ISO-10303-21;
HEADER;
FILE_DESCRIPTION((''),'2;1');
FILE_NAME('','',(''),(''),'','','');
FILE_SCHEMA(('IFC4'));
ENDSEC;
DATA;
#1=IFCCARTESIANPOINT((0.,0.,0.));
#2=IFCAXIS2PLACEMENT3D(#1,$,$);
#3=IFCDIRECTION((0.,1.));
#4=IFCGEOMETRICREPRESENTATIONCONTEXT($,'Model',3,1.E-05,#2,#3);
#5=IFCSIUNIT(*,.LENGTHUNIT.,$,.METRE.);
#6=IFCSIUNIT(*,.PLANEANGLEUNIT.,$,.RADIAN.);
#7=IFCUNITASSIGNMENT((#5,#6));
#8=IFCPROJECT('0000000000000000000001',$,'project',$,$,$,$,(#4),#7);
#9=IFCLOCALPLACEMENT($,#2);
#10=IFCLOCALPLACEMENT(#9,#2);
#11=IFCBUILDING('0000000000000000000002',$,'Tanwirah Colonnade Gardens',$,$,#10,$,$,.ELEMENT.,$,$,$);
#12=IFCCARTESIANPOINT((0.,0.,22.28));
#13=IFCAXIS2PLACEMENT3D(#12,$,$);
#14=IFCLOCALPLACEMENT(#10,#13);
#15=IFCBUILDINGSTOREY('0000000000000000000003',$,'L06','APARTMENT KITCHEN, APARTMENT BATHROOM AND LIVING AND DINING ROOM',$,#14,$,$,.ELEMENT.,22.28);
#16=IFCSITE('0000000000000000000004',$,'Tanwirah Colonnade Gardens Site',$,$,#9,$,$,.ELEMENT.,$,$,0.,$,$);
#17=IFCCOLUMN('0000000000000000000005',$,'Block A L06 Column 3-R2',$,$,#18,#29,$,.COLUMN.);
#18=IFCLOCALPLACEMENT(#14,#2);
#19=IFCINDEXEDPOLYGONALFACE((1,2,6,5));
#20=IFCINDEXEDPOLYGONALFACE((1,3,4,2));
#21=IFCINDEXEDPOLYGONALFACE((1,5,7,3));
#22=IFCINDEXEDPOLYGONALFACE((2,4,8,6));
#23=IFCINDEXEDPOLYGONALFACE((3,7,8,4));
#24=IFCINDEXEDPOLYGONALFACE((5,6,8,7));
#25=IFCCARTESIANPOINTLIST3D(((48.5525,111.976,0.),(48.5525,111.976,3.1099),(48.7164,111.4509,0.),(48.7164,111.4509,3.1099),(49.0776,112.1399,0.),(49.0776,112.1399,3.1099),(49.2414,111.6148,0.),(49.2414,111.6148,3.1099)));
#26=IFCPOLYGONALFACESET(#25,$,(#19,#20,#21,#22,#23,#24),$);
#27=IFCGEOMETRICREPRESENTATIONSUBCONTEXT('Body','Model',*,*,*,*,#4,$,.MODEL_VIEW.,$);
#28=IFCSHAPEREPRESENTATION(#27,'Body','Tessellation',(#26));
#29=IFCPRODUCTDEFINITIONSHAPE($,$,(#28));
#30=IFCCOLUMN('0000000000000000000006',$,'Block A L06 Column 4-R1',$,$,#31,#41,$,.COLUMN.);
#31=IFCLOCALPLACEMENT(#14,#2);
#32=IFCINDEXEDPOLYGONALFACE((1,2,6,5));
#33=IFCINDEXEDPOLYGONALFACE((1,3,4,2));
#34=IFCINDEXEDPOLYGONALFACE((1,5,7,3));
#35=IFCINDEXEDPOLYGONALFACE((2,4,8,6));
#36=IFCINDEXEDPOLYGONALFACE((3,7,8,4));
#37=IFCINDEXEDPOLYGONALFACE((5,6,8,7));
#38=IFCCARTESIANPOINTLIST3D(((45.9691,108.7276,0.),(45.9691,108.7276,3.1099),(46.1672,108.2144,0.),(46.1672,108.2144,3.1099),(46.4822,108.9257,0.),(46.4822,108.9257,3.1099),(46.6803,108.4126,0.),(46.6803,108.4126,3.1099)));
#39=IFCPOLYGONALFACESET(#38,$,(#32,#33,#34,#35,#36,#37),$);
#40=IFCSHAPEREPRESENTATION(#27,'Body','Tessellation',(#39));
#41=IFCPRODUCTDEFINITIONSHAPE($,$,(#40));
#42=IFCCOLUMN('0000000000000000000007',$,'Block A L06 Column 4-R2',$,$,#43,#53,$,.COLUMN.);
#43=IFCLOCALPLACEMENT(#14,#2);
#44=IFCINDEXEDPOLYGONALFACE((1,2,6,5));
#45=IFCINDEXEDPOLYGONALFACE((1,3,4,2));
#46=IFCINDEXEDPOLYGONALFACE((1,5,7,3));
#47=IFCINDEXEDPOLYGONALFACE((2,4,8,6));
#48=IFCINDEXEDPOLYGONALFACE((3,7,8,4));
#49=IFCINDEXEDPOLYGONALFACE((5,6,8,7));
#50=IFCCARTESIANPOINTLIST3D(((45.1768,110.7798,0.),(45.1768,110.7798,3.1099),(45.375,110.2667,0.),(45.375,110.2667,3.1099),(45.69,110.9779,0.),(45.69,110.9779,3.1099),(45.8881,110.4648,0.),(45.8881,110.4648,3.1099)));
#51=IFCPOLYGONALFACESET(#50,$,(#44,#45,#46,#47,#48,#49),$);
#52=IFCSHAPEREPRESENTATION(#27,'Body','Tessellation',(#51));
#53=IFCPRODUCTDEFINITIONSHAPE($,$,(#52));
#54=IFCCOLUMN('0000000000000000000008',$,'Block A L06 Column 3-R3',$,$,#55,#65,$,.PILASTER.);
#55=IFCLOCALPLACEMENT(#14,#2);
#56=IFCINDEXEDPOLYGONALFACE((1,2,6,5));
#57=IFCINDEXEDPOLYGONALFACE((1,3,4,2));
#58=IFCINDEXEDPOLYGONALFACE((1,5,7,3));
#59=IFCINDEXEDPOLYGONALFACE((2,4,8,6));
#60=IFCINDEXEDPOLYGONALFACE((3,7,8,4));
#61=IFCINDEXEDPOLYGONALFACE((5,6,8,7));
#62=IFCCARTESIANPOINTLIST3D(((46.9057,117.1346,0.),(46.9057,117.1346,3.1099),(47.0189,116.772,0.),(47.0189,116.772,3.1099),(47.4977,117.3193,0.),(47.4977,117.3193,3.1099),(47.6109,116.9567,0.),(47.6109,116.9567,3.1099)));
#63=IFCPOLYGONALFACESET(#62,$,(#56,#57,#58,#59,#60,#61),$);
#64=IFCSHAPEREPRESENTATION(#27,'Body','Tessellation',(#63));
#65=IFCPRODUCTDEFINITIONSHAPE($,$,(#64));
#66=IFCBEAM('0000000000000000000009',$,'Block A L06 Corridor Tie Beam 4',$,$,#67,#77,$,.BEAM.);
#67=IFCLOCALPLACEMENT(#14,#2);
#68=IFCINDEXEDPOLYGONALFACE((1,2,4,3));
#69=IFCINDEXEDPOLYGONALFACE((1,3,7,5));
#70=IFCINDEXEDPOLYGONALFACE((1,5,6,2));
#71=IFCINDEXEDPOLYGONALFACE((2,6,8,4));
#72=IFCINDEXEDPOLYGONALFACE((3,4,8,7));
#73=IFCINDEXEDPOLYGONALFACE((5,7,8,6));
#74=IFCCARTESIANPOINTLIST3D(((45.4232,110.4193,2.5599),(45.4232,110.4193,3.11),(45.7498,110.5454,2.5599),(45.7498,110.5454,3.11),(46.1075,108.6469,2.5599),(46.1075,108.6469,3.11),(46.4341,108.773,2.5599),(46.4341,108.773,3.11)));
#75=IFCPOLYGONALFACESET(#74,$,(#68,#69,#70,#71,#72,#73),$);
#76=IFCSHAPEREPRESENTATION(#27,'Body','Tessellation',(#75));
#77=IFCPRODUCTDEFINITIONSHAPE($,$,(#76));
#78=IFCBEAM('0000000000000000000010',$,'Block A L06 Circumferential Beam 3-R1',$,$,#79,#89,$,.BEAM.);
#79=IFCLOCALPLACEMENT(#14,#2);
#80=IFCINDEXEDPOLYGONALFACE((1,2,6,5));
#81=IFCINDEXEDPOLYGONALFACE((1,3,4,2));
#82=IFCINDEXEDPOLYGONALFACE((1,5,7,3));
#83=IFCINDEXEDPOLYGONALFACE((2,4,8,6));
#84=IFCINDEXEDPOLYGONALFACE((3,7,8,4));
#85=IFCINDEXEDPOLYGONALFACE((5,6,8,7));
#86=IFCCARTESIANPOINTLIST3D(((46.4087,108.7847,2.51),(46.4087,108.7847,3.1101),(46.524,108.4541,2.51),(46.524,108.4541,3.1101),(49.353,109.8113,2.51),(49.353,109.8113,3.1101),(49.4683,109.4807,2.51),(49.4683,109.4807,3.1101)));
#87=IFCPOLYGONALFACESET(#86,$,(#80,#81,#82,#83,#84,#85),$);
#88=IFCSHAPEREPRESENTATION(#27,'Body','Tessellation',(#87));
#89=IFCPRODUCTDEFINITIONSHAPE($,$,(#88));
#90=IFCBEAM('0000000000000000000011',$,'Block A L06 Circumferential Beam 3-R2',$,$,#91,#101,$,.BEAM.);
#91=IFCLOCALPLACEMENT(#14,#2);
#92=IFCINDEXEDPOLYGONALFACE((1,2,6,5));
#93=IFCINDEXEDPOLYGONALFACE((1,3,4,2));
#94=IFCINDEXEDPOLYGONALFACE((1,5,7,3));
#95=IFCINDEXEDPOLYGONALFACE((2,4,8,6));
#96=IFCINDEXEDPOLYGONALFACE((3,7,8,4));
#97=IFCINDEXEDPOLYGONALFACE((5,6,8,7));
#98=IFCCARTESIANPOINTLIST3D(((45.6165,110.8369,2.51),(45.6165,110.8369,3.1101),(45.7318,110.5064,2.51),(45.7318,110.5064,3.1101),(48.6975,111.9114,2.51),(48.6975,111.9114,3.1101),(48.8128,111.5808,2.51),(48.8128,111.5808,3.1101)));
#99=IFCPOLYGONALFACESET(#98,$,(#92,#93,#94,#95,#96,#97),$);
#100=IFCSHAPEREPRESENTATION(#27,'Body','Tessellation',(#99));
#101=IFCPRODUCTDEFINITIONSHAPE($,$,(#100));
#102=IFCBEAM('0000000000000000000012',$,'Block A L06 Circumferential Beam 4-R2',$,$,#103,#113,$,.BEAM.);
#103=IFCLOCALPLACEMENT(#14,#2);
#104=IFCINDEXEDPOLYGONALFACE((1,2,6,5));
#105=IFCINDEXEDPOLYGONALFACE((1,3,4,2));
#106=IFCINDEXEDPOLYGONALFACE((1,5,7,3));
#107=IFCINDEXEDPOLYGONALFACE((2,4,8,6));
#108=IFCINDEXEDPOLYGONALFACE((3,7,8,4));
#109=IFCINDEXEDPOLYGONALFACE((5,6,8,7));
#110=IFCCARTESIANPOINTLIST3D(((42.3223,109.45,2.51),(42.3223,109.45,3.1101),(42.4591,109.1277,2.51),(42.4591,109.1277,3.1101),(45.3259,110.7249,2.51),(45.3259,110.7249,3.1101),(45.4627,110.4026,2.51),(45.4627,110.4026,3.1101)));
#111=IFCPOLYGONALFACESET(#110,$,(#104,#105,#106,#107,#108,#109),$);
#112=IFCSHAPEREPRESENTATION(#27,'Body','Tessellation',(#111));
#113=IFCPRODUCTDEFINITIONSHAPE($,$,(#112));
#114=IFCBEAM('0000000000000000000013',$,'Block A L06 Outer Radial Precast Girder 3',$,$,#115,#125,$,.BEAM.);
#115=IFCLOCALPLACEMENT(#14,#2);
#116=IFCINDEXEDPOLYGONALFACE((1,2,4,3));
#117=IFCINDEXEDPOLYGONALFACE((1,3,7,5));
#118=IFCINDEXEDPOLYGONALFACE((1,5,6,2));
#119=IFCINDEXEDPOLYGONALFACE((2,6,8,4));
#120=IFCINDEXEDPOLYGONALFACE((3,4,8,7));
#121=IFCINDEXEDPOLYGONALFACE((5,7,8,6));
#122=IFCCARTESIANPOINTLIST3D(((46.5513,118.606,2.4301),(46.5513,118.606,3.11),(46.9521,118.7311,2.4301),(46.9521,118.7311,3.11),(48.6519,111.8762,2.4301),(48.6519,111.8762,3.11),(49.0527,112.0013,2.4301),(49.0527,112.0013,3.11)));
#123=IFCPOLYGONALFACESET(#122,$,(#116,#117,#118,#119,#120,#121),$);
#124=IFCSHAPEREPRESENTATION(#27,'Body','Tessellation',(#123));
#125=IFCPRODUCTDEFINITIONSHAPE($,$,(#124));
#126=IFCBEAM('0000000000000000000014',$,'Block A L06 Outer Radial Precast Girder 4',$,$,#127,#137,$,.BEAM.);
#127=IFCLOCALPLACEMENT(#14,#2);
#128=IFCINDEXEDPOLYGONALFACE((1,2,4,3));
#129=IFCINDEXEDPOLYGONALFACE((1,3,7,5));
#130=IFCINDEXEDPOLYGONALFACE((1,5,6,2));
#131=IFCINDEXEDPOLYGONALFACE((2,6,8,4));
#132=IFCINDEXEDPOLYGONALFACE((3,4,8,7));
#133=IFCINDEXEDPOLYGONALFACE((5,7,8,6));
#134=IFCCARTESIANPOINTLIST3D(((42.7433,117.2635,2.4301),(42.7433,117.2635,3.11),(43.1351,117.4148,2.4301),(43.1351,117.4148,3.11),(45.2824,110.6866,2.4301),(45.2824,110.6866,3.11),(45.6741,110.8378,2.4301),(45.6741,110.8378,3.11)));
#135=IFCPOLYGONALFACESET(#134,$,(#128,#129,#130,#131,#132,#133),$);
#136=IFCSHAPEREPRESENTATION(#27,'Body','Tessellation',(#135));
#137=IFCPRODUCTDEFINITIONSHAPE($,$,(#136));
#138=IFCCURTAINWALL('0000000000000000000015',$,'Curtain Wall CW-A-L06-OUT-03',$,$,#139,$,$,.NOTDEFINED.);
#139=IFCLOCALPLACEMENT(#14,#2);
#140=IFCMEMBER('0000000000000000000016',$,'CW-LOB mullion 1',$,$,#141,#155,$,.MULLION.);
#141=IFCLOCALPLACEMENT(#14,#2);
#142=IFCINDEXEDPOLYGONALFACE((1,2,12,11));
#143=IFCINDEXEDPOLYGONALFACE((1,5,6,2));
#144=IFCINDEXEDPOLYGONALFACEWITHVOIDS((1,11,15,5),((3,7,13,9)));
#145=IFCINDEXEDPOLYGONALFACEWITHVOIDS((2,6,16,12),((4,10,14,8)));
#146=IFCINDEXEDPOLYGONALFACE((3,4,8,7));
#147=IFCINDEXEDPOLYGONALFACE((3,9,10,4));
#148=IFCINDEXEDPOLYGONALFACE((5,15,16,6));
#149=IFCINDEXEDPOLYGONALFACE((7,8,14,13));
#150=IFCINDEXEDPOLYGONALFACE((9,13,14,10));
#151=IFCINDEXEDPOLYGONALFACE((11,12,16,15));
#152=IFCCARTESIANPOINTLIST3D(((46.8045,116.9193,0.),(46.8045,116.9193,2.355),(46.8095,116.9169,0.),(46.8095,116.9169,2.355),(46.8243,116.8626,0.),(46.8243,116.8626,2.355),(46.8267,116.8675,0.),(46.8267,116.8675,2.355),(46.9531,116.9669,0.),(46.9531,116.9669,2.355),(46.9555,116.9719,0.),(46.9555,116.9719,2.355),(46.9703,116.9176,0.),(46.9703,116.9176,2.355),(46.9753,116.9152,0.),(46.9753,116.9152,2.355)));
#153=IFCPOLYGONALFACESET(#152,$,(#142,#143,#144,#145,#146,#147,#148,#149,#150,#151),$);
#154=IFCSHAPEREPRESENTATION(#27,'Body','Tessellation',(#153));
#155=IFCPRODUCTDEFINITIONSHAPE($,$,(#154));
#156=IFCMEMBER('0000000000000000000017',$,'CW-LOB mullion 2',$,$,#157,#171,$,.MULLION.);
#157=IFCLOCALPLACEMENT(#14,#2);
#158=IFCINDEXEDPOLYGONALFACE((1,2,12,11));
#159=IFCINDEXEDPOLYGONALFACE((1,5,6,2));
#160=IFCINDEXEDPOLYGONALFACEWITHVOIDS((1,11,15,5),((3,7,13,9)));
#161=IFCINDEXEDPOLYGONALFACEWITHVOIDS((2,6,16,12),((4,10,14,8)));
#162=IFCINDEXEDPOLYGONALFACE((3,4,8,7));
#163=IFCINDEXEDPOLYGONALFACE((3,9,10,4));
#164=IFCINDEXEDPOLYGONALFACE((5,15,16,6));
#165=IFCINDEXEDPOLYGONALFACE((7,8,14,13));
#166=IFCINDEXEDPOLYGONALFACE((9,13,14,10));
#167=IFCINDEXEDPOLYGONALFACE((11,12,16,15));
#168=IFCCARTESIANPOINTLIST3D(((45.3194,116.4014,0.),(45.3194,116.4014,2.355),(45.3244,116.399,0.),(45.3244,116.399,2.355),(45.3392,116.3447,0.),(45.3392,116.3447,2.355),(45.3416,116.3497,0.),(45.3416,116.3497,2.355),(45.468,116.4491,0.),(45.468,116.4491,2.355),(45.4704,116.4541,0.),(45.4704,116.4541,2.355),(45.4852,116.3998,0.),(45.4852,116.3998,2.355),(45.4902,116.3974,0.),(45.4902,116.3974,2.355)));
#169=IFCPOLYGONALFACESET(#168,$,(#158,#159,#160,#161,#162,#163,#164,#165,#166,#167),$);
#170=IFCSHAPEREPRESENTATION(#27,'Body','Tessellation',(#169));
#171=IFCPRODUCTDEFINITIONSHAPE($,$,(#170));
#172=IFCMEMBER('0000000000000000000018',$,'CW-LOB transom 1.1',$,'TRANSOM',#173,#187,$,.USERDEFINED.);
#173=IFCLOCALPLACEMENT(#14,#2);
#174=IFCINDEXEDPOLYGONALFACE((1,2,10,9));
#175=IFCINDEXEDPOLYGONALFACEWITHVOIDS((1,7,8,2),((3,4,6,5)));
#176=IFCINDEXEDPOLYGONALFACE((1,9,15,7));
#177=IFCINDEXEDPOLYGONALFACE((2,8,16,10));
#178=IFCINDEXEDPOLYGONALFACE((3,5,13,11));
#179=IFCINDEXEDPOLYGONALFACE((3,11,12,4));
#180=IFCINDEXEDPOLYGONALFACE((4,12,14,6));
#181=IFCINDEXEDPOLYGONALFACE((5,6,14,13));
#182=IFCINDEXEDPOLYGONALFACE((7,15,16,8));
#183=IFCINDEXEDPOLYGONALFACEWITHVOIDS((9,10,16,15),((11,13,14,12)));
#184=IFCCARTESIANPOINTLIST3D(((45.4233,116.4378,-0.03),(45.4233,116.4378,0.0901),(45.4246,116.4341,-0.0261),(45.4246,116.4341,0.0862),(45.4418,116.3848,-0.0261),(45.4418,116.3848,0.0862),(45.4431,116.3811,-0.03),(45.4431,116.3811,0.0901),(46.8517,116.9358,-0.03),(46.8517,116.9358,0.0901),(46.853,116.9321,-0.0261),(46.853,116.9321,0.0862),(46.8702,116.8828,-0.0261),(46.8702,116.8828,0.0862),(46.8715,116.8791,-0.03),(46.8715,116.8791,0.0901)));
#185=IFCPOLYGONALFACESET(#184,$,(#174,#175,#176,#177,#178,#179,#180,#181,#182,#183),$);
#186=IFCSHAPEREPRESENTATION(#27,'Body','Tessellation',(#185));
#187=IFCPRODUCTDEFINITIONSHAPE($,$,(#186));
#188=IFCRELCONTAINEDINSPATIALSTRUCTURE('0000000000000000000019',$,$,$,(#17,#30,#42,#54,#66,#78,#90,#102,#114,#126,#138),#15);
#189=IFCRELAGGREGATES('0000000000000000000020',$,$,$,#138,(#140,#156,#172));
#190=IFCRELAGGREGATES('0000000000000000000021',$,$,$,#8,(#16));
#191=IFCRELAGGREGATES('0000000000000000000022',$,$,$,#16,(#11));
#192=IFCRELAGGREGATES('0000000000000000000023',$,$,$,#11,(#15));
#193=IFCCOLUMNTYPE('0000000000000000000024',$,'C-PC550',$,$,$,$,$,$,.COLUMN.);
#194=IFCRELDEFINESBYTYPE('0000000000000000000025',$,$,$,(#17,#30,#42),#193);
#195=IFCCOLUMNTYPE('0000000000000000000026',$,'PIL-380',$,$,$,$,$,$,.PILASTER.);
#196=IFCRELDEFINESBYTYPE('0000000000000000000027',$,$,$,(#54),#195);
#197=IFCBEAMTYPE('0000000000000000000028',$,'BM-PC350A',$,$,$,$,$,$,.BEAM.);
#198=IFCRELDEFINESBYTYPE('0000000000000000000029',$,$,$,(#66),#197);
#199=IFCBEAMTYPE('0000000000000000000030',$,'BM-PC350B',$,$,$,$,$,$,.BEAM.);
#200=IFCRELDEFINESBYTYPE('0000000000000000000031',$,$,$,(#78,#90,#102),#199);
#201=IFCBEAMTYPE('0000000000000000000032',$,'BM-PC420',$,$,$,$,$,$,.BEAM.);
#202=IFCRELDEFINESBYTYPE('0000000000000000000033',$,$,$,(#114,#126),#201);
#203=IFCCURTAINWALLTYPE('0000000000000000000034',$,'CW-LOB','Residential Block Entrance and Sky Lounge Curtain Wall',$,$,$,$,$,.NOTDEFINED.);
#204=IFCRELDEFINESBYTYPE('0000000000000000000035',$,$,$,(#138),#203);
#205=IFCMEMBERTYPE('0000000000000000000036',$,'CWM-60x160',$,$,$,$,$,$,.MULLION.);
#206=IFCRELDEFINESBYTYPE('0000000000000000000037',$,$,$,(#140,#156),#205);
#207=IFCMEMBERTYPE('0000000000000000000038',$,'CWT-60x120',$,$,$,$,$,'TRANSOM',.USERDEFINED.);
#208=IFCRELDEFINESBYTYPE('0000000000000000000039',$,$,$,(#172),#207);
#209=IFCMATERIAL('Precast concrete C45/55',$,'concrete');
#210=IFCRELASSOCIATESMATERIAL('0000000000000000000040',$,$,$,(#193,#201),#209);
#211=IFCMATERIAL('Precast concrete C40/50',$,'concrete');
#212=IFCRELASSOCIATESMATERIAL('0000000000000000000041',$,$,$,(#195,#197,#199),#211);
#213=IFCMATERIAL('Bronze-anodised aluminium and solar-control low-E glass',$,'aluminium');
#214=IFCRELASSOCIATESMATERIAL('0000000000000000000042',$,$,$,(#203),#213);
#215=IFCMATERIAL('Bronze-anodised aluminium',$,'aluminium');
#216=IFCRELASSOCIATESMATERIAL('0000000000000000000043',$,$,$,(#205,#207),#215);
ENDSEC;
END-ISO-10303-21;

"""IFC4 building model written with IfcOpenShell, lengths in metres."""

from ifc_helpers import new_model, si_unit, direction, frame, origin, origin_2d, place, context, subcontext, project, spatial, rectangle, hollow_rectangle, extrude, material, material_profile, profile_set, type_object, element, aggregate, save


model = new_model("IFC4")

# Units and contexts
model_context = context("Model", 3, precision=1e-05, world=origin(), true_north=direction((0.0, 1.0)))
body_context = subcontext(model_context, "Body", "Model", "MODEL_VIEW")
ifc_project = project(units=[si_unit("LENGTHUNIT", "METRE"), si_unit("PLANEANGLEUNIT", "RADIAN")], contexts=[model_context])

# Site, building, storey
site_placement = place(None, origin())
site = spatial("IfcSite", under=ifc_project, at=site_placement, Name="Tanwirah Colonnade Gardens Site", CompositionType="ELEMENT", RefElevation=0.0)
building_placement = place(site_placement, origin())
building = spatial("IfcBuilding", under=site, at=building_placement, Name="Tanwirah Colonnade Gardens", CompositionType="ELEMENT")
storey_placement = place(building_placement, frame((0.0, 0.0, 22.28)))
storey = spatial("IfcBuildingStorey", under=building, at=storey_placement, Name="L06", Description="APARTMENT KITCHEN, APARTMENT BATHROOM AND LIVING AND DINING ROOM", CompositionType="ELEMENT", Elevation=22.28)

# Columns
ifc_material_1 = material(Name="Precast concrete C45/55", Category="concrete")
ifc_material_profile_1 = material_profile(ifc_material_1, rectangle(XDim=0.55, YDim=0.55, at=origin_2d()), Name="PC-COL 550x550")
ifc_profile_set_1 = profile_set([ifc_material_profile_1], Name="Precast concrete C45/55")
column_type_1 = type_object("IfcColumnType", Name="C-PC550", PredefinedType="COLUMN", material=ifc_profile_set_1)
for number, where, z_axis, x_axis, name in (
    (1, (48.897, 111.7954, 0.0), (0.0, 0.0, 1.0), (-0.29793, 0.954588, 0.0), "Block A L06 Column 3-R2"),
    (2, (46.3247, 108.5701, 0.0), (0.0, 0.0, 1.0), (-0.360178, 0.932884, 0.0), "Block A L06 Column 4-R1"),
    (3, (45.5325, 110.6223, 0.0), (0.0, 0.0, 1.0), (-0.360178, 0.932884, 0.0), "Block A L06 Column 4-R2"),
):
    element("IfcColumn", number, at=place(storey_placement, frame(where, z_axis=z_axis, x_axis=x_axis)), inside=storey, type_object=column_type_1, Name=name, PredefinedType="COLUMN", context=body_context, shape_type="SweptSolid", body=[
        extrude(rectangle(XDim=0.55, YDim=0.55, at=origin_2d()), origin(), (0.0, 0.0, 1.0), 3.1099),
    ])
ifc_material_2 = material(Name="Precast concrete C40/50", Category="concrete")
ifc_material_profile_2 = material_profile(ifc_material_2, rectangle(XDim=0.3799, YDim=0.6201, at=origin_2d()), Name="PC-PIL 380x620")
ifc_profile_set_2 = profile_set([ifc_material_profile_2], Name="Precast concrete C40/50")
column_type_2 = type_object("IfcColumnType", Name="PIL-380", PredefinedType="PILASTER", material=ifc_profile_set_2)
column_placement = place(storey_placement, frame((47.2583, 117.0457, 0.0), z_axis=(0.0, 0.0, 1.0), x_axis=(-0.29793, 0.954588, 0.0)))
element("IfcColumn", 4, at=column_placement, inside=storey, type_object=column_type_2, Name="Block A L06 Column 3-R3", PredefinedType="PILASTER", context=body_context, shape_type="SweptSolid", body=[
    extrude(rectangle(XDim=0.3799, YDim=0.6201, at=origin_2d()), origin(), (0.0, 0.0, 1.0), 3.1099),
])

# Beams
ifc_material_profile_3 = material_profile(ifc_material_2, rectangle(XDim=0.3501, YDim=0.55, at=origin_2d()), Name="PC-BM 350x550")
ifc_profile_set_3 = profile_set([ifc_material_profile_3], Name="Precast concrete C40/50")
beam_type_1 = type_object("IfcBeamType", Name="BM-PC350A", PredefinedType="BEAM", material=ifc_profile_set_3)
beam_1_placement = place(storey_placement, frame((46.2708, 108.71, 2.835), z_axis=(-0.360176, 0.932885, 0.0), x_axis=(-0.932885, -0.360176, 0.0)))
element("IfcBeam", 5, at=beam_1_placement, inside=storey, type_object=beam_type_1, Name="Block A L06 Corridor Tie Beam 4", PredefinedType="BEAM", context=body_context, shape_type="SweptSolid", body=[
    extrude(rectangle(XDim=0.3501, YDim=0.55, at=origin_2d()), origin(), (0.0, 0.0, 1.0), 1.8999),
])
ifc_material_profile_4 = material_profile(ifc_material_2, rectangle(XDim=0.3501, YDim=0.6001, at=origin_2d()), Name="PC-BM 350x600")
ifc_profile_set_4 = profile_set([ifc_material_profile_4], Name="Precast concrete C40/50")
beam_type_2 = type_object("IfcBeamType", Name="BM-PC350B", PredefinedType="BEAM", material=ifc_profile_set_4)
beam_2_placement = place(storey_placement, frame((49.4106, 109.646, 2.8101), z_axis=(-0.944248, -0.329234, 0.0), x_axis=(0.329234, -0.944248, 0.0)))
element("IfcBeam", 6, at=beam_2_placement, inside=storey, type_object=beam_type_2, Name="Block A L06 Circumferential Beam 3-R1", PredefinedType="BEAM", context=body_context, shape_type="SweptSolid", body=[
    extrude(rectangle(XDim=0.3501, YDim=0.6001, at=origin_2d()), origin(), (0.0, 0.0, 1.0), 3.1182),
])
for number, where, z_axis, x_axis, name in (
    (7, (48.7551, 111.7461, 2.8101), (-0.944231, -0.329284, 0.0), (0.329284, -0.944231, 0.0), "Block A L06 Circumferential Beam 3-R2"),
    (8, (45.3943, 110.5637, 2.8101), (-0.920513, -0.390711, 0.0), (0.390711, -0.920513, 0.0), "Block A L06 Circumferential Beam 4-R2"),
):
    element("IfcBeam", number, at=place(storey_placement, frame(where, z_axis=z_axis, x_axis=x_axis)), inside=storey, type_object=beam_type_2, Name=name, PredefinedType="BEAM", context=body_context, shape_type="SweptSolid", body=[
        extrude(rectangle(XDim=0.3501, YDim=0.6001, at=origin_2d()), origin(), (0.0, 0.0, 1.0), 3.2629),
    ])
ifc_material_profile_5 = material_profile(ifc_material_1, rectangle(XDim=0.4199, YDim=0.6799, at=origin_2d()), Name="PC-BM 420x680")
ifc_profile_set_5 = profile_set([ifc_material_profile_5], Name="Precast concrete C45/55")
beam_type_3 = type_object("IfcBeamType", Name="BM-PC420", PredefinedType="BEAM", material=ifc_profile_set_5)
for number, where, z_axis, x_axis, name in (
    (9, (48.8523, 111.9387, 2.77), (-0.297958, 0.954579, 0.0), (-0.954579, -0.297958, 0.0), "Block A L06 Outer Radial Precast Girder 3"),
    (10, (45.4783, 110.7622, 2.77), (-0.360151, 0.932894, 0.0), (-0.932894, -0.360151, 0.0), "Block A L06 Outer Radial Precast Girder 4"),
):
    element("IfcBeam", number, at=place(storey_placement, frame(where, z_axis=z_axis, x_axis=x_axis)), inside=storey, type_object=beam_type_3, Name=name, PredefinedType="BEAM", context=body_context, shape_type="SweptSolid", body=[
        extrude(rectangle(XDim=0.4199, YDim=0.6799, at=origin_2d()), origin(), (0.0, 0.0, 1.0), 7.05),
    ])

# Curtain wall, members
ifc_material_3 = material(Name="Bronze-anodised aluminium and solar-control low-E glass", Category="aluminium")
curtain_wall_type = type_object("IfcCurtainWallType", Name="CW-LOB", Description="Residential Block Entrance and Sky Lounge Curtain Wall", PredefinedType="NOTDEFINED", material=ifc_material_3)
curtain_wall_placement = place(storey_placement, origin())
curtain_wall = element("IfcCurtainWall", 11, at=curtain_wall_placement, inside=storey, type_object=curtain_wall_type, Name="Curtain Wall CW-A-L06-OUT-03", PredefinedType="NOTDEFINED")
ifc_material_4 = material(Name="Bronze-anodised aluminium", Category="aluminium")
ifc_material_profile_6 = material_profile(ifc_material_4, hollow_rectangle(XDim=0.0601, YDim=0.1599, WallThickness=0.0039, at=origin_2d()), Name="CW-MUL 60x160x4")
ifc_profile_set_6 = profile_set([ifc_material_profile_6], Name="Bronze-anodised aluminium")
member_type_1 = type_object("IfcMemberType", Name="CWM-60x160", PredefinedType="MULLION", material=ifc_profile_set_6)
member_1_placement = place(storey_placement, frame((46.8899, 116.9172, 0.0), z_axis=(0.0, 0.0, 1.0), x_axis=(0.329233, -0.944249, 0.0)))
member_1 = element("IfcMember", 12, at=member_1_placement, type_object=member_type_1, Name="CW-LOB mullion 1", PredefinedType="MULLION", context=body_context, shape_type="SweptSolid", body=[
    extrude(hollow_rectangle(XDim=0.0601, YDim=0.1599, WallThickness=0.0039, at=origin_2d()), origin(), (0.0, 0.0, 1.0), 2.355),
])
member_2_placement = place(storey_placement, frame((45.4048, 116.3994, 0.0), z_axis=(0.0, 0.0, 1.0), x_axis=(0.329233, -0.944249, 0.0)))
member_2 = element("IfcMember", 13, at=member_2_placement, type_object=member_type_1, Name="CW-LOB mullion 2", PredefinedType="MULLION", context=body_context, shape_type="SweptSolid", body=[
    extrude(hollow_rectangle(XDim=0.0601, YDim=0.1599, WallThickness=0.0039, at=origin_2d()), origin(), (0.0, 0.0, 1.0), 2.355),
])
ifc_material_profile_7 = material_profile(ifc_material_4, hollow_rectangle(XDim=0.0601, YDim=0.1201, WallThickness=0.0039, at=origin_2d()), Name="CW-TRN 60x120x4")
ifc_profile_set_7 = profile_set([ifc_material_profile_7], Name="Bronze-anodised aluminium")
member_type_2 = type_object("IfcMemberType", Name="CWT-60x120", ElementType="TRANSOM", PredefinedType="USERDEFINED", material=ifc_profile_set_7)
member_3_placement = place(storey_placement, frame((46.8616, 116.9075, 0.03), z_axis=(-0.944253, -0.329222, 0.0), x_axis=(0.329222, -0.944253, 0.0)))
member_3 = element("IfcMember", 14, at=member_3_placement, type_object=member_type_2, Name="CW-LOB transom 1.1", ObjectType="TRANSOM", PredefinedType="USERDEFINED", context=body_context, shape_type="SweptSolid", body=[
    extrude(hollow_rectangle(XDim=0.0601, YDim=0.1201, WallThickness=0.0039, at=origin_2d()), origin(), (0.0, 0.0, 1.0), 1.5127),
])

aggregate(curtain_wall, [member_1, member_2, member_3])

save(model, "model.ifc")
